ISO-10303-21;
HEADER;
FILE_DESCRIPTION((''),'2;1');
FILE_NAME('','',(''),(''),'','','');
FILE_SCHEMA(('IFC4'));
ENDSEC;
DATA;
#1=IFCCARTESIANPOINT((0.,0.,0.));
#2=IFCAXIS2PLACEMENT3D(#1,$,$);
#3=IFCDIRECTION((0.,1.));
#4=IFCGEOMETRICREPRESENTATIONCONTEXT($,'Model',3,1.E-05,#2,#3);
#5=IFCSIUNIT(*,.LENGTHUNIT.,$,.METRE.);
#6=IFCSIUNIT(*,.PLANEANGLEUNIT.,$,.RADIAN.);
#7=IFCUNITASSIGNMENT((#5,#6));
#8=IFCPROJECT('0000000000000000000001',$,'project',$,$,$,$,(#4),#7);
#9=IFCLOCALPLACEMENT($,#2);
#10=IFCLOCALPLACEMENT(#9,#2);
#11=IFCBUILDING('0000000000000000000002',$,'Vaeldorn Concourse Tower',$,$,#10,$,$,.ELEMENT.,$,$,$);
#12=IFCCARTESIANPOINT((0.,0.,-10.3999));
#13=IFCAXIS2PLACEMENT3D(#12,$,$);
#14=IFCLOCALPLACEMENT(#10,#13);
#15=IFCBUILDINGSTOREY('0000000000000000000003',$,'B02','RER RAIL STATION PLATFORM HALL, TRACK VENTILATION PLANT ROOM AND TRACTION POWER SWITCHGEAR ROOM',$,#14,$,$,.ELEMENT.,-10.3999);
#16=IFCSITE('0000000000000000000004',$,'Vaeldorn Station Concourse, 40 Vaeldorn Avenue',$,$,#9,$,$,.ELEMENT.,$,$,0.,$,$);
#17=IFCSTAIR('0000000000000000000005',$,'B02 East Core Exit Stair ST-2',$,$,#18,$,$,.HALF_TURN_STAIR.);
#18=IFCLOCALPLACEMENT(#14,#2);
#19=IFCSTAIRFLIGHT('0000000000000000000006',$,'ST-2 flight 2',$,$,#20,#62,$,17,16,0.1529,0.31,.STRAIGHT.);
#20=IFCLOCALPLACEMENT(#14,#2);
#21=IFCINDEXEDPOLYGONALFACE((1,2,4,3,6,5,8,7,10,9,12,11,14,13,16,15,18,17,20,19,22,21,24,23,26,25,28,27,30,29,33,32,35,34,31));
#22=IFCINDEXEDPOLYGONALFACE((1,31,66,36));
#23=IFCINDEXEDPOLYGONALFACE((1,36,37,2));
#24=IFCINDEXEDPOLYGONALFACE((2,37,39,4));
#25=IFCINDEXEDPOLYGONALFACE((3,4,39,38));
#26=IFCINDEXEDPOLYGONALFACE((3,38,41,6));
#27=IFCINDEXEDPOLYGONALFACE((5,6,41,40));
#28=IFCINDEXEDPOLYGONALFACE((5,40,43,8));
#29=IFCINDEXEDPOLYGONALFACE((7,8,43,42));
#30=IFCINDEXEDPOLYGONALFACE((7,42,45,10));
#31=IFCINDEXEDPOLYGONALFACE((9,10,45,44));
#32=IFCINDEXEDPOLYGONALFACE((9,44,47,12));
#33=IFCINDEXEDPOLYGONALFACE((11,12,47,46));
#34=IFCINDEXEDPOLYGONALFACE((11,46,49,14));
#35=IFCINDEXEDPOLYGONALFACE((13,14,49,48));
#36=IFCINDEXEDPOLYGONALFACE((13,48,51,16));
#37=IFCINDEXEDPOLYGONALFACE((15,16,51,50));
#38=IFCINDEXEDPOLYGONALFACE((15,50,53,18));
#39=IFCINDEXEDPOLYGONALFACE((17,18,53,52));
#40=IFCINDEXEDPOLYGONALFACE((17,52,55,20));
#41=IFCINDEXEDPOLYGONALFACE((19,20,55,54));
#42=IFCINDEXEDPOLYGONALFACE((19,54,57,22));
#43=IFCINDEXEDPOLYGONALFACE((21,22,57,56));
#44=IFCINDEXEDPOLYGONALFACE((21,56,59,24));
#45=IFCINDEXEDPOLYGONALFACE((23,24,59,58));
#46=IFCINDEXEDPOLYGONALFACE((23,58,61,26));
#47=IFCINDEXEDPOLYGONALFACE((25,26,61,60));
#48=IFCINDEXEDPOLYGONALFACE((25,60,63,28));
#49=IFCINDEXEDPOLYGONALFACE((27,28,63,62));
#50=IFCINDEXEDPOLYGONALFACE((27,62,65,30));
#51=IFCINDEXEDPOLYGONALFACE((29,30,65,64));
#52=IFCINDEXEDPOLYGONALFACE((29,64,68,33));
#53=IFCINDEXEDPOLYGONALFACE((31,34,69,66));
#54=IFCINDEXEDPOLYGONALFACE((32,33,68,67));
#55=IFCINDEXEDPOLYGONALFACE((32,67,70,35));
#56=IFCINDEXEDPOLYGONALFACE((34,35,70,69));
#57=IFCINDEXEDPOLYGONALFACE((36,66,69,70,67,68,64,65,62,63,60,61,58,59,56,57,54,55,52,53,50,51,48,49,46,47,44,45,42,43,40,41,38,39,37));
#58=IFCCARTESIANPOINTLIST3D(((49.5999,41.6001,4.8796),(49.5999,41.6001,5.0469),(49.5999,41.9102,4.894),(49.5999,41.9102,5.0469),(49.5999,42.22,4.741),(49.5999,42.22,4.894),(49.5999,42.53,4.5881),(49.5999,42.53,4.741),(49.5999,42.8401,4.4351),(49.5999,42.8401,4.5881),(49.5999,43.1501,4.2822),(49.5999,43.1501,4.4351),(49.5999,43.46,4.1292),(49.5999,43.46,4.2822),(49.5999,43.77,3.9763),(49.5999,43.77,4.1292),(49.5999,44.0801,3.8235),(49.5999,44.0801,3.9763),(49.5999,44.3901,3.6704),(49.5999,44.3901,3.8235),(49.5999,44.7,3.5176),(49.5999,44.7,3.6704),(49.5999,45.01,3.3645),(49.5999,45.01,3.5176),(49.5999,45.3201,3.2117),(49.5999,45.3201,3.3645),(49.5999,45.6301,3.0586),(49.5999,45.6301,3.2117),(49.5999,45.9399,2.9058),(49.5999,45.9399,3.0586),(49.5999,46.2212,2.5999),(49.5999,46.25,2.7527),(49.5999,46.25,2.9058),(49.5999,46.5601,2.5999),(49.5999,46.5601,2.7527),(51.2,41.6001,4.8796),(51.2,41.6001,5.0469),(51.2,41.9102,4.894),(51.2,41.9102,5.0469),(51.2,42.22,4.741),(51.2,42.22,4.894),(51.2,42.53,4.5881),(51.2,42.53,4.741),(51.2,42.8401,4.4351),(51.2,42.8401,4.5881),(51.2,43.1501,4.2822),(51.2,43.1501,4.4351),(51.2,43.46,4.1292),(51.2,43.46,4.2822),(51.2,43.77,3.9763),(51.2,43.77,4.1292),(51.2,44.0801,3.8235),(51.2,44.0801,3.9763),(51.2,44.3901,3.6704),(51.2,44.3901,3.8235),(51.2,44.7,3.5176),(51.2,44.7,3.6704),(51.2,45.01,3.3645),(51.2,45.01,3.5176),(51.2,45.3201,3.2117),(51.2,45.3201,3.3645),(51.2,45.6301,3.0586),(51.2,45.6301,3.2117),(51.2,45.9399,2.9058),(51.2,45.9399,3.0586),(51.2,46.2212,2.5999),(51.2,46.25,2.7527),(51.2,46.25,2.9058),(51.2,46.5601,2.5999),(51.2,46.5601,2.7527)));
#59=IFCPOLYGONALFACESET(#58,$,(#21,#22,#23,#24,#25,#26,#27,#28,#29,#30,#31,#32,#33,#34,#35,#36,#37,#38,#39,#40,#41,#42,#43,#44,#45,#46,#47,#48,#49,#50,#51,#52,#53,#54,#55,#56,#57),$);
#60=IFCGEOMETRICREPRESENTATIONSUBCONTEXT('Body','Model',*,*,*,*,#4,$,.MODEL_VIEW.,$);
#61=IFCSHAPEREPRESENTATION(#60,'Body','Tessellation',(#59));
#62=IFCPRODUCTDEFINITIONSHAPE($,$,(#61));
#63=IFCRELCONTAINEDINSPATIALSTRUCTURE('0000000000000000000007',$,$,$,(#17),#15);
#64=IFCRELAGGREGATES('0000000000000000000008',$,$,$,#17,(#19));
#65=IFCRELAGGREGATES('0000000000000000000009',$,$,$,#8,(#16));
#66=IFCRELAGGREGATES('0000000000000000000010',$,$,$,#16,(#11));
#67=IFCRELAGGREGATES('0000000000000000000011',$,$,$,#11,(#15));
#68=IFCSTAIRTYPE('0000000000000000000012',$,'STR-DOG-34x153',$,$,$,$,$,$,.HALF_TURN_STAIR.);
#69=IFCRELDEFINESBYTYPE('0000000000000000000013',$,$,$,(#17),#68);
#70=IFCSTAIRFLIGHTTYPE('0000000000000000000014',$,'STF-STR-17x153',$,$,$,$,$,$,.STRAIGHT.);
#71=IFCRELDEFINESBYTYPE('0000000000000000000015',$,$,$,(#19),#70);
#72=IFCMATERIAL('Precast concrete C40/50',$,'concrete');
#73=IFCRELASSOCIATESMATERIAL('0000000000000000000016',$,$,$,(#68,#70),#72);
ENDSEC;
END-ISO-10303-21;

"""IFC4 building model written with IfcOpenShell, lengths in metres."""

from ifc_helpers import new_model, si_unit, direction, frame, origin, place, context, subcontext, project, spatial, polyline, outline, extrude, material, type_object, element, aggregate, save


model = new_model("IFC4")

# Units and contexts
model_context = context("Model", 3, precision=1e-05, world=origin(), true_north=direction((0.0, 1.0)))
body_context = subcontext(model_context, "Body", "Model", "MODEL_VIEW")
ifc_project = project(units=[si_unit("LENGTHUNIT", "METRE"), si_unit("PLANEANGLEUNIT", "RADIAN")], contexts=[model_context])

# Site, building, storey
site_placement = place(None, origin())
site = spatial("IfcSite", under=ifc_project, at=site_placement, Name="Vaeldorn Station Concourse, 40 Vaeldorn Avenue", CompositionType="ELEMENT", RefElevation=0.0)
building_placement = place(site_placement, origin())
building = spatial("IfcBuilding", under=site, at=building_placement, Name="Vaeldorn Concourse Tower", CompositionType="ELEMENT")
storey_placement = place(building_placement, frame((0.0, 0.0, -10.3999)))
storey = spatial("IfcBuildingStorey", under=building, at=storey_placement, Name="B02", Description="RER RAIL STATION PLATFORM HALL, TRACK VENTILATION PLANT ROOM AND TRACTION POWER SWITCHGEAR ROOM", CompositionType="ELEMENT", Elevation=-10.3999)

# Stair, stair flight
ifc_material_1 = material(Name="Precast concrete C40/50", Category="concrete")
stair_type = type_object("IfcStairType", Name="STR-DOG-34x153", PredefinedType="HALF_TURN_STAIR", material=ifc_material_1)
stair_placement = place(storey_placement, origin())
stair = element("IfcStair", 1, at=stair_placement, inside=storey, type_object=stair_type, Name="B02 East Core Exit Stair ST-2", PredefinedType="HALF_TURN_STAIR")
stair_flight_type = type_object("IfcStairFlightType", Name="STF-STR-17x153", PredefinedType="STRAIGHT", material=ifc_material_1)
stair_flight_1_placement = place(storey_placement, frame((50.3999, 46.5601, 2.5999), z_axis=(0.0, 0.0, 1.0), x_axis=(0.0, -1.0, 0.0)))
stair_flight_1 = element("IfcStairFlight", 2, at=stair_flight_1_placement, type_object=stair_flight_type, Name="ST-2 flight 2", NumberOfRisers=17, NumberOfTreads=16, PredefinedType="STRAIGHT", RiserHeight=0.1529, TreadLength=0.31, context=body_context, shape_type="SweptSolid", body=[
    extrude(outline(polyline([(0.0, 0.0), (0.0, 0.1528), (0.3101, 0.1528), (0.3101, 0.3059), (0.6201, 0.3059), (0.6201, 0.4587), (0.9299, 0.4587), (0.9299, 0.6118), (1.24, 0.6118), (1.24, 0.7646), (1.55, 0.7646), (1.55, 0.9177), (1.8601, 0.9177), (1.8601, 1.0706), (2.1699, 1.0706), (2.1699, 1.2236), (2.48, 1.2236), (2.48, 1.3765), (2.79, 1.3765), (2.79, 1.5293), (3.1001, 1.5293), (3.1001, 1.6824), (3.4099, 1.6824), (3.4099, 1.8352), (3.72, 1.8352), (3.72, 1.9883), (4.03, 1.9883), (4.03, 2.1411), (4.3401, 2.1411), (4.3401, 2.2942), (4.6499, 2.2942), (4.6499, 2.447), (4.96, 2.447), (4.96, 2.6001), (4.96, 2.2798), (0.3389, 0.0), (0.0, 0.0)])), frame((0.0, 0.8, 0.0), z_axis=(0.0, -1.0, 0.0), x_axis=(1.0, 0.0, 0.0)), (0.0, 0.0, 1.0), 1.6001),
])
aggregate(stair, [stair_flight_1])

save(model, "model.ifc")
